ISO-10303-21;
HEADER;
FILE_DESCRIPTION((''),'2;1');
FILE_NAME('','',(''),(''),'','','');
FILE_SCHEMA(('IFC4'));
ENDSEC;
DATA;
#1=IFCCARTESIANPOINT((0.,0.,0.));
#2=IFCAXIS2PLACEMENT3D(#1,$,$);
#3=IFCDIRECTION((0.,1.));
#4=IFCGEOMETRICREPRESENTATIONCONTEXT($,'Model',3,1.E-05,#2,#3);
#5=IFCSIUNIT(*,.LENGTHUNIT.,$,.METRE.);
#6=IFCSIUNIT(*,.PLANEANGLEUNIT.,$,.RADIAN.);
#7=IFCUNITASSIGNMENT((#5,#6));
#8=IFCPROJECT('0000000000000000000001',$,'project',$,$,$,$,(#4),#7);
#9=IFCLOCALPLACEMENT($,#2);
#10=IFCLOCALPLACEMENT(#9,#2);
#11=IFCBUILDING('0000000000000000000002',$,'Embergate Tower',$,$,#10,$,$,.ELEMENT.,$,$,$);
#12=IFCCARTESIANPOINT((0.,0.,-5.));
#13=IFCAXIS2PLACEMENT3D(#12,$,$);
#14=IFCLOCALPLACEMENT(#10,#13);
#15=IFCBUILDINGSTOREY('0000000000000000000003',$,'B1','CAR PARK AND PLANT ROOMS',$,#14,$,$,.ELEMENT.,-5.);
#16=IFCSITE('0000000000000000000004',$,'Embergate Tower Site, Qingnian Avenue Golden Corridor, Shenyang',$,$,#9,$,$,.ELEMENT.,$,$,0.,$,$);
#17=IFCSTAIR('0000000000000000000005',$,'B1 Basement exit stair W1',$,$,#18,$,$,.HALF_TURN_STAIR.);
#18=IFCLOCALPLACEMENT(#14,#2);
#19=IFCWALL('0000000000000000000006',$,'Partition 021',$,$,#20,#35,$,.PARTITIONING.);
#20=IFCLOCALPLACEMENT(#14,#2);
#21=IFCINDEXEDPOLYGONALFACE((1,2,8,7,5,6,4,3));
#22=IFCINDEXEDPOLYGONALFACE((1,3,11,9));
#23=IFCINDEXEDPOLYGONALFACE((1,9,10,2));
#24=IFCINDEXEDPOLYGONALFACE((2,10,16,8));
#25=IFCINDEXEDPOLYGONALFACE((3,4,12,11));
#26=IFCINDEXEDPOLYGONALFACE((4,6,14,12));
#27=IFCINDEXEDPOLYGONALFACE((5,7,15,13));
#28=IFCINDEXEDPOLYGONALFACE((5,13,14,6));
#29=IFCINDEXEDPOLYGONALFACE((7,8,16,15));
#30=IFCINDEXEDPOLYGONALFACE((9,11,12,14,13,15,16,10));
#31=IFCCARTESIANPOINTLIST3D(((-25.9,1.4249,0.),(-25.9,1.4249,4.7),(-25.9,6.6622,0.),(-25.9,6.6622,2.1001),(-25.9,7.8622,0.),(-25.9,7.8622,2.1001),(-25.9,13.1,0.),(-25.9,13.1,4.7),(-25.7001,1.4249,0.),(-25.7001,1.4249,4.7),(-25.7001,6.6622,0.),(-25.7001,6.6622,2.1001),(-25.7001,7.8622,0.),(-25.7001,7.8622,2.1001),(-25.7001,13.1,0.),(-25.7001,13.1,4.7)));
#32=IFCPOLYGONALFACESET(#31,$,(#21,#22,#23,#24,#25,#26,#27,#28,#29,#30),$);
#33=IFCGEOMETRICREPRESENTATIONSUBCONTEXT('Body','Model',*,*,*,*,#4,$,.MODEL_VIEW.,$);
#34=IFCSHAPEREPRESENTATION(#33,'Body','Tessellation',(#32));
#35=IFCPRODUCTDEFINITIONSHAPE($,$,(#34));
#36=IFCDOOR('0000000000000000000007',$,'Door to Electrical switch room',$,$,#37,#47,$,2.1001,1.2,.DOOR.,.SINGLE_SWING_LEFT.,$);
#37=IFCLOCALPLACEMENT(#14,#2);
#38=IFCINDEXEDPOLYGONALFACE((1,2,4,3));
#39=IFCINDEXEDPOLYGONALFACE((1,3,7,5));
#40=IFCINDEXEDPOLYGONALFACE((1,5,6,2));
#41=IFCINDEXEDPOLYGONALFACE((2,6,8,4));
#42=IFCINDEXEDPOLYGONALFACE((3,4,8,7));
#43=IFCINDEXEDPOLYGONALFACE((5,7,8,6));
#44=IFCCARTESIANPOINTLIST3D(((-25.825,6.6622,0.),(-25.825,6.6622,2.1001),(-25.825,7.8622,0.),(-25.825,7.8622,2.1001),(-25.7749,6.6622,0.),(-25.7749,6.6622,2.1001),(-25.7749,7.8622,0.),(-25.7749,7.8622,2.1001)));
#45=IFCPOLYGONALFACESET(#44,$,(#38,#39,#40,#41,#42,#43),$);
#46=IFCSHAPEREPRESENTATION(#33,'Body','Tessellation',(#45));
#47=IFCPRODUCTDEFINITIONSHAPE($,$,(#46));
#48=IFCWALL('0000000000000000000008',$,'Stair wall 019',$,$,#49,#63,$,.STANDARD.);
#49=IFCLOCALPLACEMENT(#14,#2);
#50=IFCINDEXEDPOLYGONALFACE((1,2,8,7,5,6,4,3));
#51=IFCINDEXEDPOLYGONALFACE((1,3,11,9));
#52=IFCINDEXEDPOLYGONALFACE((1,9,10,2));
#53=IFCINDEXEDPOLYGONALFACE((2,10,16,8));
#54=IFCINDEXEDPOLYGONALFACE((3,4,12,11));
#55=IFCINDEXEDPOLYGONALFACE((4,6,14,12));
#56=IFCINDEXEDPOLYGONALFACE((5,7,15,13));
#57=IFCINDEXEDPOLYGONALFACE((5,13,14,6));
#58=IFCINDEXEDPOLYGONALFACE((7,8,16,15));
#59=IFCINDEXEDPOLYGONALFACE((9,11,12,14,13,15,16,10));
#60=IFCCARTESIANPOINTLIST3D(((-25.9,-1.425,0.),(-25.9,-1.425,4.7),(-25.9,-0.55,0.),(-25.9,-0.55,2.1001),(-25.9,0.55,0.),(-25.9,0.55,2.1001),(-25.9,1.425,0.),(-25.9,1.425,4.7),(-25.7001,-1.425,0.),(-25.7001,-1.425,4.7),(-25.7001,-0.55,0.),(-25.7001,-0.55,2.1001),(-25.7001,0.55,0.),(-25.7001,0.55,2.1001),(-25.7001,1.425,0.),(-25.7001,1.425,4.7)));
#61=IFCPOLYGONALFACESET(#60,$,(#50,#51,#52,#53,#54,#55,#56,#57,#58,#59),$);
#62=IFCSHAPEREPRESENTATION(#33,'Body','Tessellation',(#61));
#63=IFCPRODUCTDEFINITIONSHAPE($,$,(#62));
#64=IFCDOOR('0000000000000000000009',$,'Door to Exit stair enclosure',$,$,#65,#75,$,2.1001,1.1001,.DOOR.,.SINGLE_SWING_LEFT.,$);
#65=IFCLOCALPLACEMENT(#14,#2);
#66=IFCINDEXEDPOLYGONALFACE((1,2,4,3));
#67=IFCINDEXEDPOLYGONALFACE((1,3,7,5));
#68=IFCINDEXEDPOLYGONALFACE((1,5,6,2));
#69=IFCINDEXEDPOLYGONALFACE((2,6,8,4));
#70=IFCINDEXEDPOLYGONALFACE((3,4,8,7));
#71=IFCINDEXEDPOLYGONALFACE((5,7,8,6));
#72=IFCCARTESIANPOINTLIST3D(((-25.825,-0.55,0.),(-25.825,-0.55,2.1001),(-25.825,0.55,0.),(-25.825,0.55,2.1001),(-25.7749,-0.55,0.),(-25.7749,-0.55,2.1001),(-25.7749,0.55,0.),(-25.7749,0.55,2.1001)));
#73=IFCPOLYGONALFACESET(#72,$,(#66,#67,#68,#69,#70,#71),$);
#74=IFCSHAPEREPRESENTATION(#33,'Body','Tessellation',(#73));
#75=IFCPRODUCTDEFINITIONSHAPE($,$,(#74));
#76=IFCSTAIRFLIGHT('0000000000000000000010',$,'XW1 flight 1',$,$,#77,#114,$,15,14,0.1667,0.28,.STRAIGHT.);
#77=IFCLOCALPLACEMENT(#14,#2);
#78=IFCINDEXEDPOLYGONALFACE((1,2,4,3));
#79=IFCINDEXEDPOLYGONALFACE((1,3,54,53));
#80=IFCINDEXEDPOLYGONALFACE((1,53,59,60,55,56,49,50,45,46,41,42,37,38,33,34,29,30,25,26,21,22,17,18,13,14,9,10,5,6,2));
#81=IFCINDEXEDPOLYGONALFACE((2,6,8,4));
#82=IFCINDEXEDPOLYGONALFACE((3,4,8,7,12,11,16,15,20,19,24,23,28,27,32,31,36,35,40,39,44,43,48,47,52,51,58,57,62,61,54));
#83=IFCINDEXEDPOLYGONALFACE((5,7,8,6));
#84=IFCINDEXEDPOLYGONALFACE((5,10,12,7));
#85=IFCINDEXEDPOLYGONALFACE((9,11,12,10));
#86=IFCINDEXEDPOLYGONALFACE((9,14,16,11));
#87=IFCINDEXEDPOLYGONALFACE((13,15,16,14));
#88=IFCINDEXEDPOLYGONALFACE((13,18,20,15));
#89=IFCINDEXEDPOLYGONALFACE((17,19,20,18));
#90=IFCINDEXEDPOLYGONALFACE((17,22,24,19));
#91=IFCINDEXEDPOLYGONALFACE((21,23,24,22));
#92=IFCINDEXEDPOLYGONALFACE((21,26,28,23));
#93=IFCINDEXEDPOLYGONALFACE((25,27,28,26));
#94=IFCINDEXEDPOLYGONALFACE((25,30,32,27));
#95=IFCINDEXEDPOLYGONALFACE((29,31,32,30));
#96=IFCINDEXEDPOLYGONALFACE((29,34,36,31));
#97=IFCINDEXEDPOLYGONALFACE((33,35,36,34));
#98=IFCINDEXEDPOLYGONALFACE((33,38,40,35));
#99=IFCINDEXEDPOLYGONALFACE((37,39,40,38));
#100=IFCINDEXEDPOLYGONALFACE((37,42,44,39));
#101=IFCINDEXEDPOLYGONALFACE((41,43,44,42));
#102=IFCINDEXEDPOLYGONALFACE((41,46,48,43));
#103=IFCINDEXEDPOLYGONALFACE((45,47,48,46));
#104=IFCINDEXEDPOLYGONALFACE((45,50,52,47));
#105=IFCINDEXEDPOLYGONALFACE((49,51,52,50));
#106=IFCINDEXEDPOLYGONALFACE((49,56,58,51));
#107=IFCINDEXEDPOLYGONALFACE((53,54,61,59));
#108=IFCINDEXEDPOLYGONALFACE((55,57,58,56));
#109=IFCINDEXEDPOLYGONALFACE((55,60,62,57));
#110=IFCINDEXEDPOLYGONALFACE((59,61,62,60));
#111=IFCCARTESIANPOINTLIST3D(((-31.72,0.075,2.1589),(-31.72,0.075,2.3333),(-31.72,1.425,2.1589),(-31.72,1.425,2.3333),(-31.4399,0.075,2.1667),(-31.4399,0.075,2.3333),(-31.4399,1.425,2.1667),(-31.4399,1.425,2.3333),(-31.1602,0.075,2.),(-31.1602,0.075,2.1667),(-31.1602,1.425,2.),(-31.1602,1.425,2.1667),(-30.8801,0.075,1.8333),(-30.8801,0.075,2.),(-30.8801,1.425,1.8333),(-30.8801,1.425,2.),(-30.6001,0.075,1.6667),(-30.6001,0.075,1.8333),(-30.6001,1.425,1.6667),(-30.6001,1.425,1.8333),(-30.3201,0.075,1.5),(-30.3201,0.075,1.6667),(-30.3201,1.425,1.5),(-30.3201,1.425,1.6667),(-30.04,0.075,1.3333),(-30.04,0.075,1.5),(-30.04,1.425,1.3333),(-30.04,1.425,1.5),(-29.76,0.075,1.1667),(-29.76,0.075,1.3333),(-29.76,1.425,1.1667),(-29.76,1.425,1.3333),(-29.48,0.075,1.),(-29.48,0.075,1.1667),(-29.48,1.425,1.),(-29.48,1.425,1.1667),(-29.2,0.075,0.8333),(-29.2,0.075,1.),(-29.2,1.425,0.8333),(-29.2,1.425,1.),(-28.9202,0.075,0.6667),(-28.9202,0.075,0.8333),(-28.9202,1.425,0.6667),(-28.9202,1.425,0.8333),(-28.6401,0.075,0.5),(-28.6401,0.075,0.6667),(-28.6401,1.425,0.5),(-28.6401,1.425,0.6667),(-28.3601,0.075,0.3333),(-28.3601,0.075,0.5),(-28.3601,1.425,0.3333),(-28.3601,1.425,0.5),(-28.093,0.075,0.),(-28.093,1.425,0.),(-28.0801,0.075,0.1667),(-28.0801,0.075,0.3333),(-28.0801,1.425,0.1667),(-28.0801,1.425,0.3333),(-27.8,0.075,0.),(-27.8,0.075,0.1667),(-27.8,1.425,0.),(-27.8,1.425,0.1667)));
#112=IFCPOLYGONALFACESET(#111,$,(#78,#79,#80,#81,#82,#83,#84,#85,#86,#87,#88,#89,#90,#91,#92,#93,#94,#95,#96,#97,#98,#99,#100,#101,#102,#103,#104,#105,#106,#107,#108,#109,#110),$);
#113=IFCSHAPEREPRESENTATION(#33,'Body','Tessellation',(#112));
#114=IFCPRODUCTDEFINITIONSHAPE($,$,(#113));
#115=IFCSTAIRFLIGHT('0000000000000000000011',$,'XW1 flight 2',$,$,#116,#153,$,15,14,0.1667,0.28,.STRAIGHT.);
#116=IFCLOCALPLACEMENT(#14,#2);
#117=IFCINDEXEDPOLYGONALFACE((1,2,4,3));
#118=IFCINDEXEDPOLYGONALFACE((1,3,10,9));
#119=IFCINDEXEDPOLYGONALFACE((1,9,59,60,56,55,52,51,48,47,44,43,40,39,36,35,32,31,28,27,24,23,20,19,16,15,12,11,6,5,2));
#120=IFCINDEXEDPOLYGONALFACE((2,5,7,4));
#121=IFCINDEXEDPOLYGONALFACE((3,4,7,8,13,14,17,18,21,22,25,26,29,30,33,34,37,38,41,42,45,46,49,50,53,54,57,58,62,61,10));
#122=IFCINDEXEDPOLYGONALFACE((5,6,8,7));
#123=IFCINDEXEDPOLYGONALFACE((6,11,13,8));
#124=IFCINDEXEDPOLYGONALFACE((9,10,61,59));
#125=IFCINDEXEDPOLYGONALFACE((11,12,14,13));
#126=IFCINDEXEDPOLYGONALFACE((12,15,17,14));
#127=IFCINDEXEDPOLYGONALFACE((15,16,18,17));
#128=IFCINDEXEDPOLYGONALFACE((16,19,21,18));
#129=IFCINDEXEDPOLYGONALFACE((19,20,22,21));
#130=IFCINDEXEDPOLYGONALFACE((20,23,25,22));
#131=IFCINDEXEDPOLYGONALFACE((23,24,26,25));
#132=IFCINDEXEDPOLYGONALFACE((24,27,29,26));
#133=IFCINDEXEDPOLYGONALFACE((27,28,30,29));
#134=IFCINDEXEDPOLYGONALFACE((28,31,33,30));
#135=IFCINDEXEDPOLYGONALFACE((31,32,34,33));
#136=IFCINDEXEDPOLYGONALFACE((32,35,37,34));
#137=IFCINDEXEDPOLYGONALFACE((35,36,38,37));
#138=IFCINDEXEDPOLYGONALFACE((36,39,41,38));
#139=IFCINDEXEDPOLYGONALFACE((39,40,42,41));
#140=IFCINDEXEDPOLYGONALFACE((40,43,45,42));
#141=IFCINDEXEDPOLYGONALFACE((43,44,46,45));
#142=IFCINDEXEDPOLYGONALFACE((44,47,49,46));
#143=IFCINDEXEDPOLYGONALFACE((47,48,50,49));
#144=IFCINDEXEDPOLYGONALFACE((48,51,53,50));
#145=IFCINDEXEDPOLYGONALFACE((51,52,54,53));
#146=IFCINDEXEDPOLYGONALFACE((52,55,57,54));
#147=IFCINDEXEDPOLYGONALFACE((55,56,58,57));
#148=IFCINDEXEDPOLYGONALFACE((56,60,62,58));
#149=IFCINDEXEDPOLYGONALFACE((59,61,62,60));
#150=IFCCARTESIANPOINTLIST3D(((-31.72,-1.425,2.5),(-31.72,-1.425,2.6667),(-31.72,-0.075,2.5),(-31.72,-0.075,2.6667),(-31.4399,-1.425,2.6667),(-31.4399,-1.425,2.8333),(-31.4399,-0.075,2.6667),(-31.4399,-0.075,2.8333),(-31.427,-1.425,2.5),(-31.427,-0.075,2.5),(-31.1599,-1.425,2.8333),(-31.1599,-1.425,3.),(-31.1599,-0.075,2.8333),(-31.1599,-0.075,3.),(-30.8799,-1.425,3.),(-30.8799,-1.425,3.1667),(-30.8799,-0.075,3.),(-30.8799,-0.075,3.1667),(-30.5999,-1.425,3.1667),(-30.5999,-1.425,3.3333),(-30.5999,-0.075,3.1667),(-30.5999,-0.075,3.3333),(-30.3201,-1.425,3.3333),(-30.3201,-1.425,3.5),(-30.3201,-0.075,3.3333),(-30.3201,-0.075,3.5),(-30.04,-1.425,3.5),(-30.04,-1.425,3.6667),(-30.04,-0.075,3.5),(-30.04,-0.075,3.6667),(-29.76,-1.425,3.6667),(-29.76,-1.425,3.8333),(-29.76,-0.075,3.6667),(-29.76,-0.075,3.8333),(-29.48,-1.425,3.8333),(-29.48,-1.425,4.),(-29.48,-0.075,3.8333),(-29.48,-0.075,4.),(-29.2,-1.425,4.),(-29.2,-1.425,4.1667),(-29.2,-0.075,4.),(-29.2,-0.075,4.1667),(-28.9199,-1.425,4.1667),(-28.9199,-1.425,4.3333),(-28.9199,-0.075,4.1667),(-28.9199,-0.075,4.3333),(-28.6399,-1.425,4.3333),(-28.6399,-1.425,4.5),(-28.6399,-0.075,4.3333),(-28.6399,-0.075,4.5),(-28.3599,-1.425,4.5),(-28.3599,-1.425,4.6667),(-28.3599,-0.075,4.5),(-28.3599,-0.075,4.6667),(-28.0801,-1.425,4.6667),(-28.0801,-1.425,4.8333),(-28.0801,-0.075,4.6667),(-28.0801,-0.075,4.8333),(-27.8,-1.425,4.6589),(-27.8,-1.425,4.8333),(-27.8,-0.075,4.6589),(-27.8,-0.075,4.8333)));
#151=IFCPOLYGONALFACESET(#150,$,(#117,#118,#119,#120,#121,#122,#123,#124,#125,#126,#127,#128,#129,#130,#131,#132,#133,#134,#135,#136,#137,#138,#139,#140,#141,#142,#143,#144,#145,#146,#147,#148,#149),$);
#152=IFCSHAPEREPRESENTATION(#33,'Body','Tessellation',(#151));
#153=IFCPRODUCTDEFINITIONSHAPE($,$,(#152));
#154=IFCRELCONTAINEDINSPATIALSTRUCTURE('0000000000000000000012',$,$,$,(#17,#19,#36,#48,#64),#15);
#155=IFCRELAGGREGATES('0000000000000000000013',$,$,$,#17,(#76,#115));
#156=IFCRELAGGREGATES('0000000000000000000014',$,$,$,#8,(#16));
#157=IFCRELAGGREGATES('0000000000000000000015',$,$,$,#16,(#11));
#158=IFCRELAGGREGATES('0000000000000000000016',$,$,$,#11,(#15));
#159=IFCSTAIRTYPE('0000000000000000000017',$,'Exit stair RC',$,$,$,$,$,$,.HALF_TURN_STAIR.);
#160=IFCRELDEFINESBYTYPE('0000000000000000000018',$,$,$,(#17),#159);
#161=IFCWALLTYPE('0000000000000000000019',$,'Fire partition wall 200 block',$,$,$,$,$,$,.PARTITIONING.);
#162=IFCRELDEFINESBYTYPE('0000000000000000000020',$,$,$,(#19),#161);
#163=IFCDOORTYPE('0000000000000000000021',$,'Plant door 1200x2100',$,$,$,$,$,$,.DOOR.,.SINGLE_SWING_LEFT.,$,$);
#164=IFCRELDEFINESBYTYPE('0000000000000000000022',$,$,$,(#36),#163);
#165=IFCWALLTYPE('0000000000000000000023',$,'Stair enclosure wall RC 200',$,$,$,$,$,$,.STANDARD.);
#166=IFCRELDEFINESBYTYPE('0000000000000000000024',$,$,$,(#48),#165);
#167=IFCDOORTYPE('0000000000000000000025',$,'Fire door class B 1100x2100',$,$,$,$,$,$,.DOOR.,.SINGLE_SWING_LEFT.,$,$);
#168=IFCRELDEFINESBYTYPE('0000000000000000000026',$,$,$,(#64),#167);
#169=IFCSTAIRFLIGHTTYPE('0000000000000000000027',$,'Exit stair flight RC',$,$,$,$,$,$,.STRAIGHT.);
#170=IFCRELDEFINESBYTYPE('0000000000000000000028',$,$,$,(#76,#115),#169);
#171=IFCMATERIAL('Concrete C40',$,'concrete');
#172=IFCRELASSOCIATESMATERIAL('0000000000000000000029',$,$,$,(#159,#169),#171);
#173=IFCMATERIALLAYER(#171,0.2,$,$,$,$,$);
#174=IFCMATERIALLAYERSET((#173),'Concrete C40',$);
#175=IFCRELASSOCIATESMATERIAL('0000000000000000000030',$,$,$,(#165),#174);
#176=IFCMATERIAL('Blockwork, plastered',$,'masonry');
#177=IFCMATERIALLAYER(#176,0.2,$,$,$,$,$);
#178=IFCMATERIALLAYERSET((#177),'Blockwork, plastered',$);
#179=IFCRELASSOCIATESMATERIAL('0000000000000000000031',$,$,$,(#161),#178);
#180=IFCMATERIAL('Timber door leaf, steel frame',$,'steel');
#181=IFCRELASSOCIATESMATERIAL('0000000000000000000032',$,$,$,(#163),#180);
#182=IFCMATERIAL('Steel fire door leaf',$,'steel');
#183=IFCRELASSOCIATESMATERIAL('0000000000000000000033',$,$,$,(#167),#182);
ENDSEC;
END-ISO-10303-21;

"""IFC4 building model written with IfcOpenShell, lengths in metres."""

from ifc_helpers import new_model, si_unit, direction, frame, frame_2d, origin, place, context, subcontext, project, spatial, polyline, rectangle, outline, extrude, source, transform, mapped, material, layer, layer_set, type_object, element, fill, aggregate, save


model = new_model("IFC4")

# Units and contexts
model_context = context("Model", 3, precision=1e-05, world=origin(), true_north=direction((0.0, 1.0)))
body_context = subcontext(model_context, "Body", "Model", "MODEL_VIEW")
ifc_project = project(units=[si_unit("LENGTHUNIT", "METRE"), si_unit("PLANEANGLEUNIT", "RADIAN")], contexts=[model_context])

# Site, building, storey
site_placement = place(None, origin())
site = spatial("IfcSite", under=ifc_project, at=site_placement, Name="Embergate Tower Site, Qingnian Avenue Golden Corridor, Shenyang", CompositionType="ELEMENT", RefElevation=0.0)
building_placement = place(site_placement, origin())
building = spatial("IfcBuilding", under=site, at=building_placement, Name="Embergate Tower", CompositionType="ELEMENT")
storey_placement = place(building_placement, frame((0.0, 0.0, -5.0)))
storey = spatial("IfcBuildingStorey", under=building, at=storey_placement, Name="B1", Description="CAR PARK AND PLANT ROOMS", CompositionType="ELEMENT", Elevation=-5.0)

# Stair
ifc_material_1 = material(Name="Concrete C40", Category="concrete")
stair_type = type_object("IfcStairType", Name="Exit stair RC", PredefinedType="HALF_TURN_STAIR", material=ifc_material_1)
stair_placement = place(storey_placement, origin())
stair = element("IfcStair", 1, at=stair_placement, inside=storey, type_object=stair_type, Name="B1 Basement exit stair W1", PredefinedType="HALF_TURN_STAIR")

# Shared definitions
ifc_layer_1 = layer(ifc_material_1, 0.2)
ifc_layer_set_1 = layer_set([ifc_layer_1], Name="Concrete C40")
wall_type_1 = type_object("IfcWallType", Name="Stair enclosure wall RC 200", PredefinedType="STANDARD", material=ifc_layer_set_1)
ifc_material_2 = material(Name="Blockwork, plastered", Category="masonry")
ifc_layer_2 = layer(ifc_material_2, 0.2)
ifc_layer_set_2 = layer_set([ifc_layer_2], Name="Blockwork, plastered")
wall_type_2 = type_object("IfcWallType", Name="Fire partition wall 200 block", PredefinedType="PARTITIONING", material=ifc_layer_set_2)

# Walls, openings, doors
shared_shape_1 = source(origin(), body_context, "Body", "SweptSolid", [
    extrude(rectangle(XDim=11.675, YDim=0.2, at=frame_2d((5.8374, 0.0))), origin(), (0.0, 0.0, 1.0), 4.7),
])
wall_1_placement = place(storey_placement, frame((-25.8, 1.425, 0.0), z_axis=(0.0, 0.0, 1.0), x_axis=(0.0, 1.0, 0.0)))
wall_1 = element("IfcWall", 2, at=wall_1_placement, inside=storey, type_object=wall_type_2, Name="Partition 021", PredefinedType="PARTITIONING", context=body_context, shape_type="MappedRepresentation", body=[
    mapped(shared_shape_1, transform((0.0, 0.0, 0.0))),
])
shared_shape_2 = source(origin(), body_context, "Body", "SweptSolid", [
    extrude(rectangle(XDim=1.2, YDim=2.1001, at=frame_2d((0.6001, 1.05))), frame((0.0, 0.1099, 0.0), z_axis=(0.0, -1.0, 0.0), x_axis=(1.0, 0.0, 0.0)), (0.0, 0.0, 1.0), 0.22),
])
opening_1_placement = place(wall_1_placement, frame((5.2371, 0.0, 0.0)))
opening_1 = element("IfcOpeningElement", 3, at=opening_1_placement, cuts=wall_1, PredefinedType="OPENING", context=body_context, shape_type="MappedRepresentation", body=[
    mapped(shared_shape_2, transform((0.0, 0.0, 0.0))),
])
ifc_material_3 = material(Name="Timber door leaf, steel frame", Category="steel")
door_type_1 = type_object("IfcDoorType", Name="Plant door 1200x2100", OperationType="SINGLE_SWING_LEFT", PredefinedType="DOOR", material=ifc_material_3)
shared_shape_3 = source(origin(), body_context, "Body", "SweptSolid", [
    extrude(rectangle(XDim=1.2, YDim=2.1001, at=frame_2d((0.6001, 1.05))), frame((0.0, 0.0249, 0.0), z_axis=(0.0, -1.0, 0.0), x_axis=(1.0, 0.0, 0.0)), (0.0, 0.0, 1.0), 0.05),
])
door_1_placement = place(opening_1_placement, origin())
door_1 = element("IfcDoor", 4, at=door_1_placement, inside=storey, type_object=door_type_1, Name="Door to Electrical switch room", OperationType="SINGLE_SWING_LEFT", OverallHeight=2.1001, OverallWidth=1.2, PredefinedType="DOOR", context=body_context, shape_type="MappedRepresentation", body=[
    mapped(shared_shape_3, transform((0.0, 0.0, 0.0))),
])
fill(opening_1, door_1)
shared_shape_4 = source(origin(), body_context, "Body", "SweptSolid", [
    extrude(rectangle(XDim=2.8501, YDim=0.2, at=frame_2d((1.425, 0.0))), origin(), (0.0, 0.0, 1.0), 4.7),
])
wall_2_placement = place(storey_placement, frame((-25.8, -1.425, 0.0), z_axis=(0.0, 0.0, 1.0), x_axis=(0.0, 1.0, 0.0)))
wall_2 = element("IfcWall", 5, at=wall_2_placement, inside=storey, type_object=wall_type_1, Name="Stair wall 019", PredefinedType="STANDARD", context=body_context, shape_type="MappedRepresentation", body=[
    mapped(shared_shape_4, transform((0.0, 0.0, 0.0))),
])
shared_shape_5 = source(origin(), body_context, "Body", "SweptSolid", [
    extrude(rectangle(XDim=1.1001, YDim=2.1001, at=frame_2d((0.55, 1.05))), frame((0.0, 0.1099, 0.0), z_axis=(0.0, -1.0, 0.0), x_axis=(1.0, 0.0, 0.0)), (0.0, 0.0, 1.0), 0.22),
])
opening_2_placement = place(wall_2_placement, frame((0.875, 0.0, 0.0)))
opening_2 = element("IfcOpeningElement", 6, at=opening_2_placement, cuts=wall_2, PredefinedType="OPENING", context=body_context, shape_type="MappedRepresentation", body=[
    mapped(shared_shape_5, transform((0.0, 0.0, 0.0))),
])
ifc_material_4 = material(Name="Steel fire door leaf", Category="steel")
door_type_2 = type_object("IfcDoorType", Name="Fire door class B 1100x2100", OperationType="SINGLE_SWING_LEFT", PredefinedType="DOOR", material=ifc_material_4)
shared_shape_6 = source(origin(), body_context, "Body", "SweptSolid", [
    extrude(rectangle(XDim=1.1001, YDim=2.1001, at=frame_2d((0.55, 1.05))), frame((0.0, 0.0249, 0.0), z_axis=(0.0, -1.0, 0.0), x_axis=(1.0, 0.0, 0.0)), (0.0, 0.0, 1.0), 0.05),
])
door_2_placement = place(opening_2_placement, origin())
door_2 = element("IfcDoor", 7, at=door_2_placement, inside=storey, type_object=door_type_2, Name="Door to Exit stair enclosure", OperationType="SINGLE_SWING_LEFT", OverallHeight=2.1001, OverallWidth=1.1001, PredefinedType="DOOR", context=body_context, shape_type="MappedRepresentation", body=[
    mapped(shared_shape_6, transform((0.0, 0.0, 0.0))),
])
fill(opening_2, door_2)

# Stair flights
stair_flight_type = type_object("IfcStairFlightType", Name="Exit stair flight RC", PredefinedType="STRAIGHT", material=ifc_material_1)
shared_shape_7 = source(origin(), body_context, "Body", "SweptSolid", [
    extrude(outline(polyline([(0.0, 0.0), (0.0, 0.1667), (0.28, 0.1667), (0.28, 0.3333), (0.5601, 0.3333), (0.5601, 0.5), (0.8401, 0.5), (0.8401, 0.6667), (1.1201, 0.6667), (1.1201, 0.8333), (1.3999, 0.8333), (1.3999, 1.0), (1.6799, 1.0), (1.6799, 1.1667), (1.96, 1.1667), (1.96, 1.3333), (2.24, 1.3333), (2.24, 1.5), (2.52, 1.5), (2.52, 1.6667), (2.8, 1.6667), (2.8, 1.8333), (3.0801, 1.8333), (3.0801, 2.0), (3.3601, 2.0), (3.3601, 2.1667), (3.6399, 2.1667), (3.6399, 2.3333), (3.9199, 2.3333), (3.9199, 2.5), (3.9199, 2.1589), (0.293, 0.0), (0.0, 0.0)])), frame((0.0, 0.675, 0.0), z_axis=(0.0, -1.0, 0.0), x_axis=(1.0, 0.0, 0.0)), (0.0, 0.0, 1.0), 1.3501),
])
stair_flight_1_placement = place(storey_placement, frame((-27.8, 0.75, 0.0), z_axis=(0.0, 0.0, 1.0), x_axis=(-1.0, 0.0, 0.0)))
stair_flight_1 = element("IfcStairFlight", 8, at=stair_flight_1_placement, type_object=stair_flight_type, Name="XW1 flight 1", NumberOfRisers=15, NumberOfTreads=14, PredefinedType="STRAIGHT", RiserHeight=0.1667, TreadLength=0.28, context=body_context, shape_type="MappedRepresentation", body=[
    mapped(shared_shape_7, transform((0.0, 0.0, 0.0))),
])
stair_flight_2_placement = place(storey_placement, frame((-31.72, -0.75, 2.5), z_axis=(0.0, 0.0, 1.0), x_axis=(1.0, 0.0, 0.0)))
stair_flight_2 = element("IfcStairFlight", 9, at=stair_flight_2_placement, type_object=stair_flight_type, Name="XW1 flight 2", NumberOfRisers=15, NumberOfTreads=14, PredefinedType="STRAIGHT", RiserHeight=0.1667, TreadLength=0.28, context=body_context, shape_type="MappedRepresentation", body=[
    mapped(shared_shape_7, transform((0.0, 0.0, 0.0))),
])
aggregate(stair, [stair_flight_1, stair_flight_2])

save(model, "model.ifc")
